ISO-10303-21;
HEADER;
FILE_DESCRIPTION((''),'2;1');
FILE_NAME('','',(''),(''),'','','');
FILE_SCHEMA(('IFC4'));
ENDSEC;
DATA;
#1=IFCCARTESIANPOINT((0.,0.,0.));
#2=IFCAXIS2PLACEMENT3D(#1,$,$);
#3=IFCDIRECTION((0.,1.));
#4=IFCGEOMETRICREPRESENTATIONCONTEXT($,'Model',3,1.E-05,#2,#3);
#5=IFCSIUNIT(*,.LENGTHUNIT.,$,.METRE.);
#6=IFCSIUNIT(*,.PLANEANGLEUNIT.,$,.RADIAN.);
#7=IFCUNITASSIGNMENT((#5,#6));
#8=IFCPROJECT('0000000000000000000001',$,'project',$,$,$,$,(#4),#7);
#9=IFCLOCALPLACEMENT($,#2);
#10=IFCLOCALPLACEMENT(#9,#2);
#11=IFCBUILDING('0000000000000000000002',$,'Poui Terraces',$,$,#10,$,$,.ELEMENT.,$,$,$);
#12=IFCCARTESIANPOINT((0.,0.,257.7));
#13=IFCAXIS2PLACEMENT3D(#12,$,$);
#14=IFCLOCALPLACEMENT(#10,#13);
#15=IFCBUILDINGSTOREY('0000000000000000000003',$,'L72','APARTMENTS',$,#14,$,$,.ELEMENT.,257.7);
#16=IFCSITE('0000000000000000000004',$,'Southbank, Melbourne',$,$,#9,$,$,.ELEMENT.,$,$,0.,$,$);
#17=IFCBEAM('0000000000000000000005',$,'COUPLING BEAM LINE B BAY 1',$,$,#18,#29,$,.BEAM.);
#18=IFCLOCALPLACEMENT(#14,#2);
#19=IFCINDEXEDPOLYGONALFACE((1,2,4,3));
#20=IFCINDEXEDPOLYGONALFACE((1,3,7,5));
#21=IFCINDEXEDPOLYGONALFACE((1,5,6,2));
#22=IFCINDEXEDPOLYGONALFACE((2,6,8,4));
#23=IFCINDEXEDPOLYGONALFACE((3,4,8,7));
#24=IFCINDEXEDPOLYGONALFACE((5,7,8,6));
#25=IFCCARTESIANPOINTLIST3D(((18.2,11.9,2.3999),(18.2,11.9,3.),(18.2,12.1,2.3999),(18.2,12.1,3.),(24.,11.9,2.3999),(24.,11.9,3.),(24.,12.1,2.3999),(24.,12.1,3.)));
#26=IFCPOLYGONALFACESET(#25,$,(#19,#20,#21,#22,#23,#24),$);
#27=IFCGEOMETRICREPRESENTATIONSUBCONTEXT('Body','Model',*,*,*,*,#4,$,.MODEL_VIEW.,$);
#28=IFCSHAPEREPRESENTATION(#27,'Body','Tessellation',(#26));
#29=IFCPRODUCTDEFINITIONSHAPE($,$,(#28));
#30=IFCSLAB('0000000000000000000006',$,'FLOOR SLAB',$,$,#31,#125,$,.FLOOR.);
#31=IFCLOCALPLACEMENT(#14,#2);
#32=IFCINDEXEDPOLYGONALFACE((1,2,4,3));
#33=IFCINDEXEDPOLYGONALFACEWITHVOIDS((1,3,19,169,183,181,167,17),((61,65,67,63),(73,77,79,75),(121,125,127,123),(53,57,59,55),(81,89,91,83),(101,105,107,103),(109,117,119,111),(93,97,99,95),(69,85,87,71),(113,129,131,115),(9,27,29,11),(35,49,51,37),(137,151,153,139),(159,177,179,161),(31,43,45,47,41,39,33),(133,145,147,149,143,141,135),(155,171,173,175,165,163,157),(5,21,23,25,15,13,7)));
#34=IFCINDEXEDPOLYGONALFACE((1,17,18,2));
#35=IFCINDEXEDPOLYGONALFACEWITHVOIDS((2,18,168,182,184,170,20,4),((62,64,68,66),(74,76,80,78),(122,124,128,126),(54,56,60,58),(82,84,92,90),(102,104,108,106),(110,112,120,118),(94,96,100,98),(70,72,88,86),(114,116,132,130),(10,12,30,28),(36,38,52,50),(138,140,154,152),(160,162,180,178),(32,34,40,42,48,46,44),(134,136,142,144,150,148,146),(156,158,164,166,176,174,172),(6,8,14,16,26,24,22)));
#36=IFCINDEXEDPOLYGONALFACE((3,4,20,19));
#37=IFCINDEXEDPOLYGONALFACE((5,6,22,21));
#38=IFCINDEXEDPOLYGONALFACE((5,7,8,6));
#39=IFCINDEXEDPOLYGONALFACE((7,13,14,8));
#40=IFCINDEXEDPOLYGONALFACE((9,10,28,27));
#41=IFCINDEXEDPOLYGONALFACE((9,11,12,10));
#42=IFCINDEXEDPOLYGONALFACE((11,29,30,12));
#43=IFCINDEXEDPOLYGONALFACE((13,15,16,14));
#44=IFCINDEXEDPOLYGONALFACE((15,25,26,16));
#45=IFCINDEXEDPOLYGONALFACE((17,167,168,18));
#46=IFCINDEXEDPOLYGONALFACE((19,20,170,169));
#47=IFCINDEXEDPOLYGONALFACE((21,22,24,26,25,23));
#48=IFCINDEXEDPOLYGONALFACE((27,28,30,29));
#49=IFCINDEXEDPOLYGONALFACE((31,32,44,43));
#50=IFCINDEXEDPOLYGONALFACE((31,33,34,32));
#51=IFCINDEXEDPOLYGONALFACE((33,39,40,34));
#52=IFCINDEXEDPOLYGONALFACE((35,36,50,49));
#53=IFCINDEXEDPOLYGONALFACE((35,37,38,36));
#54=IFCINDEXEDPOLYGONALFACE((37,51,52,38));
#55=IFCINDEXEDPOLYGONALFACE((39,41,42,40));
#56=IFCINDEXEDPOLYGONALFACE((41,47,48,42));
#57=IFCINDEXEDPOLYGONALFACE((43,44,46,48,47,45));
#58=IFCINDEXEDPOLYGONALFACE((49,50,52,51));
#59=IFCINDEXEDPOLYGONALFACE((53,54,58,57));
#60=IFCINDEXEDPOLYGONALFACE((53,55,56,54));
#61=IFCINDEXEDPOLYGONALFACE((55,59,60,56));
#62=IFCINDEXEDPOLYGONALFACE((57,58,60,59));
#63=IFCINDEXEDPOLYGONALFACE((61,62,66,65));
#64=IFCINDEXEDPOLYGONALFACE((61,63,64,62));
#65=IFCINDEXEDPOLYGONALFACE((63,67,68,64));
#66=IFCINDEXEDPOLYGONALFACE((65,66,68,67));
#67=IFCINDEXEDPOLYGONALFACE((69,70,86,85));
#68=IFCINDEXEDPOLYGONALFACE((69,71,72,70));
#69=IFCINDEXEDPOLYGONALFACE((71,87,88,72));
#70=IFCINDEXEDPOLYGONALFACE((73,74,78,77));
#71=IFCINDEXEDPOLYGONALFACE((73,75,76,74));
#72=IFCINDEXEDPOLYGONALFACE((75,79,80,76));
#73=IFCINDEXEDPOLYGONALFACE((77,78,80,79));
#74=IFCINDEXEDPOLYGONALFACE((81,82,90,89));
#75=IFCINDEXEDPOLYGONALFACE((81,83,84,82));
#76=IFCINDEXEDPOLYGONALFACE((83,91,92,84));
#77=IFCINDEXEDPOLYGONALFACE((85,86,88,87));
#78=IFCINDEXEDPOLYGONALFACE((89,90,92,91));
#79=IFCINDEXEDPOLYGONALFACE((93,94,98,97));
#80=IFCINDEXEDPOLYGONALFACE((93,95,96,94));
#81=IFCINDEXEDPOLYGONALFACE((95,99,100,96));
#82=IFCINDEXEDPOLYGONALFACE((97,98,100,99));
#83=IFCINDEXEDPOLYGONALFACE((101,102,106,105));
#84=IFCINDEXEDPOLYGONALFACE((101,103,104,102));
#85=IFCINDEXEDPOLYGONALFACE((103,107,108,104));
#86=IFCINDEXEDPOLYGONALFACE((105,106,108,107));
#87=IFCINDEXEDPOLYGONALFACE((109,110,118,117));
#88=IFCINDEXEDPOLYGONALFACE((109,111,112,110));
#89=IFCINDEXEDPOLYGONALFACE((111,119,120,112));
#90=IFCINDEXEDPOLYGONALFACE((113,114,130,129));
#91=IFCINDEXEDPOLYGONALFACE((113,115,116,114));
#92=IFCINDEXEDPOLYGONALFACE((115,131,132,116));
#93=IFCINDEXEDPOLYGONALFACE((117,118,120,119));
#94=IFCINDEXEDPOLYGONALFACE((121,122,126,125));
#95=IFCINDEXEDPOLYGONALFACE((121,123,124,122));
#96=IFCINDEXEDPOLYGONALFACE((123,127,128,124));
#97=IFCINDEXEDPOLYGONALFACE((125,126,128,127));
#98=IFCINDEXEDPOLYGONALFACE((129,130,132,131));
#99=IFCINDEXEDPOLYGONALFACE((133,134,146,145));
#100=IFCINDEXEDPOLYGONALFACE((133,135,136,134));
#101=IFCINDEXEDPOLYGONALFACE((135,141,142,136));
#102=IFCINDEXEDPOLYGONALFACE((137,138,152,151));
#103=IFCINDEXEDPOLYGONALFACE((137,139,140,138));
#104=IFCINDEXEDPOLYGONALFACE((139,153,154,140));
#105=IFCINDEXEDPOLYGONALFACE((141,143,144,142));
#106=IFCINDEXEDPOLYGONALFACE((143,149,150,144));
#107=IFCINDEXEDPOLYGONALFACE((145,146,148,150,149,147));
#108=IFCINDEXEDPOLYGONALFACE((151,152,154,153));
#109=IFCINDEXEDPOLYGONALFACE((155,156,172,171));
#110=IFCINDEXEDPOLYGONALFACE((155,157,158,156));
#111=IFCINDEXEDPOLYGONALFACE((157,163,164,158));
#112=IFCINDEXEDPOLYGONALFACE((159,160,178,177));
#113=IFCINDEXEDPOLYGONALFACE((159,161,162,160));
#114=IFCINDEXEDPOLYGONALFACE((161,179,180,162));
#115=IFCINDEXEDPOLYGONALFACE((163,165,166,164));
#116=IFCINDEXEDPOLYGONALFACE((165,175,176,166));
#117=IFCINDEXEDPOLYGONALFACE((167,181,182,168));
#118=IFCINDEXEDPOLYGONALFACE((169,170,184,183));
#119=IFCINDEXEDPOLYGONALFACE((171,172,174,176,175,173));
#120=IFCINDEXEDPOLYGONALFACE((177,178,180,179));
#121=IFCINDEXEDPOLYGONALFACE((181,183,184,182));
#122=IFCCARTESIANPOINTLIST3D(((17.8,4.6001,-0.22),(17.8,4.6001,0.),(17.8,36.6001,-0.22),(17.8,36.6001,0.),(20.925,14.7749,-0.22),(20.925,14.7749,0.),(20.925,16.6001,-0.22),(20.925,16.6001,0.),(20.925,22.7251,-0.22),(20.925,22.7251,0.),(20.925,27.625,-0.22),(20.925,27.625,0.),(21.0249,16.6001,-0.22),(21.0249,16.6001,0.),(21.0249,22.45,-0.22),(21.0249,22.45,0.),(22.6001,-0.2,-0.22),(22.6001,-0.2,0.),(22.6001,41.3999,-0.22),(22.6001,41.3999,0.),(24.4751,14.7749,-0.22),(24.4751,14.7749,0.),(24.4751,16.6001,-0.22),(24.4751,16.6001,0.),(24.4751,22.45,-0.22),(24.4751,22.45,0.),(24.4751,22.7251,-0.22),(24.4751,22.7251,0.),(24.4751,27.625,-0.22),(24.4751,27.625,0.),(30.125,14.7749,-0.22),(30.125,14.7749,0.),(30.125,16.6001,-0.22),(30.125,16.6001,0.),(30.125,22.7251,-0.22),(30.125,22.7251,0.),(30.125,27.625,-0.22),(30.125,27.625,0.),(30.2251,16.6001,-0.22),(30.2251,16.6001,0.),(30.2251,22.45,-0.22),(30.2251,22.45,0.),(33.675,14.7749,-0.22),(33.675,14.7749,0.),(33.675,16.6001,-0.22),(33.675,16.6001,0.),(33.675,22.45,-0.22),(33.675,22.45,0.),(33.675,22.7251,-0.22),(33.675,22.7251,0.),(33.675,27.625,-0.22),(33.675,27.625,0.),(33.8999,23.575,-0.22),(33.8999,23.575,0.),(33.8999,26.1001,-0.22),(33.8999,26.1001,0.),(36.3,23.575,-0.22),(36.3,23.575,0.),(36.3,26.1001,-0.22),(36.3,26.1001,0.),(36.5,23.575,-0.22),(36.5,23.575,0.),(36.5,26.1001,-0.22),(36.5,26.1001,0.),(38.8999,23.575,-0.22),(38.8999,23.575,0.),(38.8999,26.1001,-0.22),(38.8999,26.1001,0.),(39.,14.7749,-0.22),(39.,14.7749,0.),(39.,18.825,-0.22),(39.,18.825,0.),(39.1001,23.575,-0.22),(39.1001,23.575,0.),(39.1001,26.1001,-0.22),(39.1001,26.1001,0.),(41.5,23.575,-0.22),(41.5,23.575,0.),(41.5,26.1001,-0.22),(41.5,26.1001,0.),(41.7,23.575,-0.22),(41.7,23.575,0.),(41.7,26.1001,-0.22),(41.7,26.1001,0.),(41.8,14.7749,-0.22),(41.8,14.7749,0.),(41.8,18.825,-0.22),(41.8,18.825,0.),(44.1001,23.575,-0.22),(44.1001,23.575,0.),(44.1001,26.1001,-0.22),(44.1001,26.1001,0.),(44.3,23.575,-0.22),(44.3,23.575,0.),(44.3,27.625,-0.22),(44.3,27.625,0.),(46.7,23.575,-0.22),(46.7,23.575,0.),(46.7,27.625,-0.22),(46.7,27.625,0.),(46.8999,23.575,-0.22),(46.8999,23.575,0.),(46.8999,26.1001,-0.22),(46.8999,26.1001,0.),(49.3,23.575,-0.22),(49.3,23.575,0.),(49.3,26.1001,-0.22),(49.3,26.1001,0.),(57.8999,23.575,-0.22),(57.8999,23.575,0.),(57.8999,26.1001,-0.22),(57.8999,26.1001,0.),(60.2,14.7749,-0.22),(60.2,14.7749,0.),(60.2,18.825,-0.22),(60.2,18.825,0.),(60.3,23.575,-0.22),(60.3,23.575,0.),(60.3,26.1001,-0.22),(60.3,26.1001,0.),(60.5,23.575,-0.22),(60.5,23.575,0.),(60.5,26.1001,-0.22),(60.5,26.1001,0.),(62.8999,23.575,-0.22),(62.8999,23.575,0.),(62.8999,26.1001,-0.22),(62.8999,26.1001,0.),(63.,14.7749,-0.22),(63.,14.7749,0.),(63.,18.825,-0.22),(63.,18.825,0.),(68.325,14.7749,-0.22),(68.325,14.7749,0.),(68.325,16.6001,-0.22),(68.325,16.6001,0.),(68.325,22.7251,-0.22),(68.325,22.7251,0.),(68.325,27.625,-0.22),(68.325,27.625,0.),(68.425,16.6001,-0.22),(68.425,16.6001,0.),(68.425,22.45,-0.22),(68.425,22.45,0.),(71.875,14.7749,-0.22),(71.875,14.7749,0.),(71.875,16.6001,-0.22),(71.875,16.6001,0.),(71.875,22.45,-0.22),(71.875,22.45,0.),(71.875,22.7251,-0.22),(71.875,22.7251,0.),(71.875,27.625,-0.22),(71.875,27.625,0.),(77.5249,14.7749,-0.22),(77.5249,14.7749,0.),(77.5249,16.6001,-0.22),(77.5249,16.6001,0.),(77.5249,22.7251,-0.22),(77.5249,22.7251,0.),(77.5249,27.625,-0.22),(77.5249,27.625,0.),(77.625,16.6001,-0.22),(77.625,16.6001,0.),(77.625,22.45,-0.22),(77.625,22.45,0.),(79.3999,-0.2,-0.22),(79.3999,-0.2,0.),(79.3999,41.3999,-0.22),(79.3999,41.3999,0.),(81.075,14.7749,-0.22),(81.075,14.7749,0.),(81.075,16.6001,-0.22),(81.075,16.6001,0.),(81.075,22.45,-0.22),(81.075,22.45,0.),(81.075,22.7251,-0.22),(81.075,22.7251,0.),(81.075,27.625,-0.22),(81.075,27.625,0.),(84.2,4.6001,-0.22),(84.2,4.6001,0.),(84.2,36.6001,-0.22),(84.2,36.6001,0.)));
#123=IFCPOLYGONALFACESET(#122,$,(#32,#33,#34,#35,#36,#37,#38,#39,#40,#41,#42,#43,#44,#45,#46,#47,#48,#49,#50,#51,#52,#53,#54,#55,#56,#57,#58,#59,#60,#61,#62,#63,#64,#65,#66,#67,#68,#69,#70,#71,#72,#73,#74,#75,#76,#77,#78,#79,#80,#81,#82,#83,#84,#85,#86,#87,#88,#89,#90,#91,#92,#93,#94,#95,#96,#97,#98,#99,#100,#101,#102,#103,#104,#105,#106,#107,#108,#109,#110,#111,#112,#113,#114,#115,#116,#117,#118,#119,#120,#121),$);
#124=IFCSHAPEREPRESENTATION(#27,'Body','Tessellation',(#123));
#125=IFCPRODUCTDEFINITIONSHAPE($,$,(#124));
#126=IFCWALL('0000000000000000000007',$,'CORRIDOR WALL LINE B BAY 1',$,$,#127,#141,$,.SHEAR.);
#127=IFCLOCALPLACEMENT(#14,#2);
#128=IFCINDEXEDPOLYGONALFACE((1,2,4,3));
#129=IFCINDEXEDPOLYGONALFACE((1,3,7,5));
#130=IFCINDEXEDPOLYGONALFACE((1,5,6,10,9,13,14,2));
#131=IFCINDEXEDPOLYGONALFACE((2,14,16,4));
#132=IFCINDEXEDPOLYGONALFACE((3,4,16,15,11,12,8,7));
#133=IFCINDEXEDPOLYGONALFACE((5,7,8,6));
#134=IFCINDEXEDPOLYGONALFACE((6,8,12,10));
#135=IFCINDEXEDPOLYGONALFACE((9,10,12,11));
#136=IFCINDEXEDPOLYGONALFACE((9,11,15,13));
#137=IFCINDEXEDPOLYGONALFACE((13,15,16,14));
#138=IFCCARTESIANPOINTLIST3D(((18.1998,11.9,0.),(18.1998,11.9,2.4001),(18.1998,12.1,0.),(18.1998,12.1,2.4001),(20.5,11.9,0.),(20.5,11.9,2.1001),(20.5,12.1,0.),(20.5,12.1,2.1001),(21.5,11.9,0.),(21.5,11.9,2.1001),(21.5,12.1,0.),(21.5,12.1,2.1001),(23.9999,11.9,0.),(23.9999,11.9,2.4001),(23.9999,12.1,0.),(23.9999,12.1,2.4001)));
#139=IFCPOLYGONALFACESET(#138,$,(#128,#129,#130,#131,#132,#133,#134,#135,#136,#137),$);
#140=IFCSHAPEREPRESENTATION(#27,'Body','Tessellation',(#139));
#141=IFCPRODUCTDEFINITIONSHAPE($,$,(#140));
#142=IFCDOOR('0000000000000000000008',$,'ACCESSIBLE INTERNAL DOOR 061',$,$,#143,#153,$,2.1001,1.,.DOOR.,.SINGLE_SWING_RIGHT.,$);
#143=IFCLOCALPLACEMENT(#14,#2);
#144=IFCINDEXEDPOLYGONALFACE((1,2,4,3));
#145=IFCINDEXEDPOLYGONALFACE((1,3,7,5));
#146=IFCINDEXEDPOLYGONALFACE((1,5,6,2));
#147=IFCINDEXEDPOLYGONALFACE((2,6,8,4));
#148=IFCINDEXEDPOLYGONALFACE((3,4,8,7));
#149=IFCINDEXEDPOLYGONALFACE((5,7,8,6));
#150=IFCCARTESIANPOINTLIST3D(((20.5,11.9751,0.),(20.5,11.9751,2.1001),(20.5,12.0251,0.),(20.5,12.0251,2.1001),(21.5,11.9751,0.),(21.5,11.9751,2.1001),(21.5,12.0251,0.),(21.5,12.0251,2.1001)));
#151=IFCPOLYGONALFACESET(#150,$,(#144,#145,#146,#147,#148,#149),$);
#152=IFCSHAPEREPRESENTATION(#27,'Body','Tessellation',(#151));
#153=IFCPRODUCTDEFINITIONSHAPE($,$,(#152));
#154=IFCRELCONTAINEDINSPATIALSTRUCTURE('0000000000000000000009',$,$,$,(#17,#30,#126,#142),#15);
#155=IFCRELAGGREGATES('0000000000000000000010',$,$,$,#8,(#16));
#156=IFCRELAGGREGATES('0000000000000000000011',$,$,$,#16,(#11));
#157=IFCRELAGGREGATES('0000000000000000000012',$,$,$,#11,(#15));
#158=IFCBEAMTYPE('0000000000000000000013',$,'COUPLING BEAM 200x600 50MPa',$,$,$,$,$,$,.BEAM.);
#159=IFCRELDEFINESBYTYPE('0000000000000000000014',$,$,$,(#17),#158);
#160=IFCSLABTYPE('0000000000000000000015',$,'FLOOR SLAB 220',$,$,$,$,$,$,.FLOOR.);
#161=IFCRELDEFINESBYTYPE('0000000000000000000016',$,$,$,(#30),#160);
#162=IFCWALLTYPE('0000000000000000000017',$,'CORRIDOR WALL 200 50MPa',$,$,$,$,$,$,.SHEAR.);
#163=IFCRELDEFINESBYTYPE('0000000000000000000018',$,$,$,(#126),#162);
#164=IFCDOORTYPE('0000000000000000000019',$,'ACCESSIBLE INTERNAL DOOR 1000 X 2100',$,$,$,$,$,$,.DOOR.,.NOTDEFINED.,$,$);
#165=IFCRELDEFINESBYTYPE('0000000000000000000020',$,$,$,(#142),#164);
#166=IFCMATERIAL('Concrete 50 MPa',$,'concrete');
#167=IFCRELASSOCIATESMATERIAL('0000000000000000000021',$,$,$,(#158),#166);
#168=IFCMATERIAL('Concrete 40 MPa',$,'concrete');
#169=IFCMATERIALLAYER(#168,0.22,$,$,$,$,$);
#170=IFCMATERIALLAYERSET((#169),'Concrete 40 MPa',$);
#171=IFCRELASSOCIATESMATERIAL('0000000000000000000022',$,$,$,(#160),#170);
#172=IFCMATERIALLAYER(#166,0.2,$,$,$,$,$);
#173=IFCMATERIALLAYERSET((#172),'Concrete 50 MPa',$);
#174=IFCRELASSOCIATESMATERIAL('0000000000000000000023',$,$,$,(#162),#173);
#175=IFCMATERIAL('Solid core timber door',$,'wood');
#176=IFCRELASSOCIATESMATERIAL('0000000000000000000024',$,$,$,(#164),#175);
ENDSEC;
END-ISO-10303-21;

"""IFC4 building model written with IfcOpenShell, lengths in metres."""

from ifc_helpers import new_model, si_unit, direction, frame, frame_2d, origin, origin_2d, place, context, subcontext, project, spatial, polyline, rectangle, outline, extrude, source, transform, mapped, material, layer, layer_set, material_profile, profile_set, type_object, element, fill, save


model = new_model("IFC4")

# Units and contexts
model_context = context("Model", 3, precision=1e-05, world=origin(), true_north=direction((0.0, 1.0)))
body_context = subcontext(model_context, "Body", "Model", "MODEL_VIEW")
ifc_project = project(units=[si_unit("LENGTHUNIT", "METRE"), si_unit("PLANEANGLEUNIT", "RADIAN")], contexts=[model_context])

# Site, building, storey
site_placement = place(None, origin())
site = spatial("IfcSite", under=ifc_project, at=site_placement, Name="Southbank, Melbourne", CompositionType="ELEMENT", RefElevation=0.0)
building_placement = place(site_placement, origin())
building = spatial("IfcBuilding", under=site, at=building_placement, Name="Poui Terraces", CompositionType="ELEMENT")
storey_placement = place(building_placement, frame((0.0, 0.0, 257.7)))
storey = spatial("IfcBuildingStorey", under=building, at=storey_placement, Name="L72", Description="APARTMENTS", CompositionType="ELEMENT", Elevation=257.7)

# Beam
ifc_material_1 = material(Name="Concrete 50 MPa", Category="concrete")
ifc_material_profile = material_profile(ifc_material_1, rectangle(XDim=0.2, YDim=0.6001, at=origin_2d()), Name="RC 200x600")
ifc_profile_set = profile_set([ifc_material_profile], Name="Concrete 50 MPa")
beam_type = type_object("IfcBeamType", Name="COUPLING BEAM 200x600 50MPa", PredefinedType="BEAM", material=ifc_profile_set)
shared_shape_1 = source(origin(), body_context, "Body", "SweptSolid", [
    extrude(rectangle(XDim=0.2, YDim=0.6001, at=origin_2d()), origin(), (0.0, 0.0, 1.0), 5.8),
])
beam_placement = place(storey_placement, frame((18.2, 12.0, 2.7), z_axis=(1.0, 0.0, 0.0), x_axis=(0.0, 1.0, 0.0)))
element("IfcBeam", 1, at=beam_placement, inside=storey, type_object=beam_type, Name="COUPLING BEAM LINE B BAY 1", PredefinedType="BEAM", context=body_context, shape_type="MappedRepresentation", body=[
    mapped(shared_shape_1, transform((0.0, 0.0, 0.0))),
])

# Slab
ifc_material_2 = material(Name="Concrete 40 MPa", Category="concrete")
ifc_layer_1 = layer(ifc_material_2, 0.22)
ifc_layer_set_1 = layer_set([ifc_layer_1], Name="Concrete 40 MPa")
slab_type = type_object("IfcSlabType", Name="FLOOR SLAB 220", PredefinedType="FLOOR", material=ifc_layer_set_1)
shared_shape_2 = source(origin(), body_context, "Body", "SweptSolid", [
    extrude(outline(polyline([(0.0, 0.0), (4.8, -4.8), (61.5999, -4.8), (66.3999, 0.0), (66.3999, 32.0), (61.5999, 36.7998), (4.8, 36.7998), (0.0, 32.0), (0.0, 0.0)]), holes=[polyline([(21.2, 10.1748), (21.2, 14.2249), (24.0, 14.2249), (24.0, 10.1748), (21.2, 10.1748)]), polyline([(3.2249, 17.8499), (6.675, 17.8499), (6.675, 12.0), (6.675, 10.1748), (3.125, 10.1748), (3.125, 12.0), (3.2249, 12.0), (3.2249, 17.8499)]), polyline([(12.425, 17.8499), (15.875, 17.8499), (15.875, 12.0), (15.875, 10.1748), (12.325, 10.1748), (12.325, 12.0), (12.425, 12.0), (12.425, 17.8499)]), polyline([(16.0999, 18.9749), (16.0999, 21.5), (18.5, 21.5), (18.5, 18.9749), (16.0999, 18.9749)]), polyline([(18.7, 18.9749), (18.7, 21.5), (21.0999, 21.5), (21.0999, 18.9749), (18.7, 18.9749)]), polyline([(21.3, 18.9749), (21.3, 21.5), (23.7, 21.5), (23.7, 18.9749), (21.3, 18.9749)]), polyline([(23.8999, 18.9749), (23.8999, 21.5), (26.3, 21.5), (26.3, 18.9749), (23.8999, 18.9749)]), polyline([(3.125, 23.0249), (6.675, 23.0249), (6.675, 18.125), (3.125, 18.125), (3.125, 23.0249)]), polyline([(12.325, 23.0249), (15.875, 23.0249), (15.875, 18.125), (12.325, 18.125), (12.325, 23.0249)]), polyline([(42.3999, 10.1748), (42.3999, 14.2249), (45.2, 14.2249), (45.2, 10.1748), (42.3999, 10.1748)]), polyline([(50.625, 17.8499), (54.075, 17.8499), (54.075, 12.0), (54.075, 10.1748), (50.5249, 10.1748), (50.5249, 12.0), (50.625, 12.0), (50.625, 17.8499)]), polyline([(59.825, 17.8499), (63.2749, 17.8499), (63.2749, 12.0), (63.2749, 10.1748), (59.7249, 10.1748), (59.7249, 12.0), (59.825, 12.0), (59.825, 17.8499)]), polyline([(29.0999, 18.9749), (29.0999, 21.5), (31.5, 21.5), (31.5, 18.9749), (29.0999, 18.9749)]), polyline([(40.0999, 18.9749), (40.0999, 21.5), (42.5, 21.5), (42.5, 18.9749), (40.0999, 18.9749)]), polyline([(42.7, 18.9749), (42.7, 21.5), (45.0999, 21.5), (45.0999, 18.9749), (42.7, 18.9749)]), polyline([(50.5249, 18.125), (50.5249, 23.0249), (54.075, 23.0249), (54.075, 18.125), (50.5249, 18.125)]), polyline([(59.7249, 23.0249), (63.2749, 23.0249), (63.2749, 18.125), (59.7249, 18.125), (59.7249, 23.0249)]), polyline([(26.5, 23.0249), (28.8999, 23.0249), (28.8999, 18.9749), (26.5, 18.9749), (26.5, 23.0249)])]), origin(), (0.0, 0.0, 1.0), 0.22),
])
slab_placement = place(storey_placement, frame((17.8, 4.6001, -0.22)))
element("IfcSlab", 2, at=slab_placement, inside=storey, type_object=slab_type, Name="FLOOR SLAB", PredefinedType="FLOOR", context=body_context, shape_type="MappedRepresentation", body=[
    mapped(shared_shape_2, transform((0.0, 0.0, 0.0))),
])

# Wall, opening, door
ifc_layer_2 = layer(ifc_material_1, 0.2)
ifc_layer_set_2 = layer_set([ifc_layer_2], Name="Concrete 50 MPa")
wall_type_1 = type_object("IfcWallType", Name="CORRIDOR WALL 200 50MPa", PredefinedType="SHEAR", material=ifc_layer_set_2)
wall_1_placement = place(storey_placement, frame((18.2, 12.0, 0.0), z_axis=(0.0, 0.0, 1.0), x_axis=(1.0, 0.0, 0.0)))
wall_1 = element("IfcWall", 3, at=wall_1_placement, inside=storey, type_object=wall_type_1, Name="CORRIDOR WALL LINE B BAY 1", PredefinedType="SHEAR", context=body_context, shape_type="SweptSolid", body=[
    extrude(rectangle(XDim=5.8, YDim=0.2, at=frame_2d((2.8999, 0.0))), origin(), (0.0, 0.0, 1.0), 2.4001),
])
opening_1_placement = place(wall_1_placement, frame((2.3, 0.0, 0.0)))
opening_1 = element("IfcOpeningElement", 4, at=opening_1_placement, cuts=wall_1, PredefinedType="OPENING", context=body_context, shape_type="SweptSolid", body=[
    extrude(rectangle(XDim=1.0, YDim=2.1001, at=frame_2d((0.5, 1.05))), frame((0.0, 0.1099, 0.0), z_axis=(0.0, -1.0, 0.0), x_axis=(1.0, 0.0, 0.0)), (0.0, 0.0, 1.0), 0.22),
])
ifc_material_3 = material(Name="Solid core timber door", Category="wood")
door_type_1 = type_object("IfcDoorType", Name="ACCESSIBLE INTERNAL DOOR 1000 X 2100", OperationType="NOTDEFINED", PredefinedType="DOOR", material=ifc_material_3)
door_1_placement = place(opening_1_placement, frame((1.0, 0.0, 0.0), z_axis=(0.0, 0.0, 1.0), x_axis=(-1.0, 0.0, 0.0)))
door_1 = element("IfcDoor", 5, at=door_1_placement, inside=storey, type_object=door_type_1, Name="ACCESSIBLE INTERNAL DOOR 061", OperationType="SINGLE_SWING_RIGHT", OverallHeight=2.1001, OverallWidth=1.0, PredefinedType="DOOR", context=body_context, shape_type="SweptSolid", body=[
    extrude(rectangle(XDim=1.0, YDim=2.1001, at=frame_2d((0.5, 1.05))), frame((0.0, 0.0249, 0.0), z_axis=(0.0, -1.0, 0.0), x_axis=(1.0, 0.0, 0.0)), (0.0, 0.0, 1.0), 0.05),
])
fill(opening_1, door_1)

save(model, "model.ifc")
